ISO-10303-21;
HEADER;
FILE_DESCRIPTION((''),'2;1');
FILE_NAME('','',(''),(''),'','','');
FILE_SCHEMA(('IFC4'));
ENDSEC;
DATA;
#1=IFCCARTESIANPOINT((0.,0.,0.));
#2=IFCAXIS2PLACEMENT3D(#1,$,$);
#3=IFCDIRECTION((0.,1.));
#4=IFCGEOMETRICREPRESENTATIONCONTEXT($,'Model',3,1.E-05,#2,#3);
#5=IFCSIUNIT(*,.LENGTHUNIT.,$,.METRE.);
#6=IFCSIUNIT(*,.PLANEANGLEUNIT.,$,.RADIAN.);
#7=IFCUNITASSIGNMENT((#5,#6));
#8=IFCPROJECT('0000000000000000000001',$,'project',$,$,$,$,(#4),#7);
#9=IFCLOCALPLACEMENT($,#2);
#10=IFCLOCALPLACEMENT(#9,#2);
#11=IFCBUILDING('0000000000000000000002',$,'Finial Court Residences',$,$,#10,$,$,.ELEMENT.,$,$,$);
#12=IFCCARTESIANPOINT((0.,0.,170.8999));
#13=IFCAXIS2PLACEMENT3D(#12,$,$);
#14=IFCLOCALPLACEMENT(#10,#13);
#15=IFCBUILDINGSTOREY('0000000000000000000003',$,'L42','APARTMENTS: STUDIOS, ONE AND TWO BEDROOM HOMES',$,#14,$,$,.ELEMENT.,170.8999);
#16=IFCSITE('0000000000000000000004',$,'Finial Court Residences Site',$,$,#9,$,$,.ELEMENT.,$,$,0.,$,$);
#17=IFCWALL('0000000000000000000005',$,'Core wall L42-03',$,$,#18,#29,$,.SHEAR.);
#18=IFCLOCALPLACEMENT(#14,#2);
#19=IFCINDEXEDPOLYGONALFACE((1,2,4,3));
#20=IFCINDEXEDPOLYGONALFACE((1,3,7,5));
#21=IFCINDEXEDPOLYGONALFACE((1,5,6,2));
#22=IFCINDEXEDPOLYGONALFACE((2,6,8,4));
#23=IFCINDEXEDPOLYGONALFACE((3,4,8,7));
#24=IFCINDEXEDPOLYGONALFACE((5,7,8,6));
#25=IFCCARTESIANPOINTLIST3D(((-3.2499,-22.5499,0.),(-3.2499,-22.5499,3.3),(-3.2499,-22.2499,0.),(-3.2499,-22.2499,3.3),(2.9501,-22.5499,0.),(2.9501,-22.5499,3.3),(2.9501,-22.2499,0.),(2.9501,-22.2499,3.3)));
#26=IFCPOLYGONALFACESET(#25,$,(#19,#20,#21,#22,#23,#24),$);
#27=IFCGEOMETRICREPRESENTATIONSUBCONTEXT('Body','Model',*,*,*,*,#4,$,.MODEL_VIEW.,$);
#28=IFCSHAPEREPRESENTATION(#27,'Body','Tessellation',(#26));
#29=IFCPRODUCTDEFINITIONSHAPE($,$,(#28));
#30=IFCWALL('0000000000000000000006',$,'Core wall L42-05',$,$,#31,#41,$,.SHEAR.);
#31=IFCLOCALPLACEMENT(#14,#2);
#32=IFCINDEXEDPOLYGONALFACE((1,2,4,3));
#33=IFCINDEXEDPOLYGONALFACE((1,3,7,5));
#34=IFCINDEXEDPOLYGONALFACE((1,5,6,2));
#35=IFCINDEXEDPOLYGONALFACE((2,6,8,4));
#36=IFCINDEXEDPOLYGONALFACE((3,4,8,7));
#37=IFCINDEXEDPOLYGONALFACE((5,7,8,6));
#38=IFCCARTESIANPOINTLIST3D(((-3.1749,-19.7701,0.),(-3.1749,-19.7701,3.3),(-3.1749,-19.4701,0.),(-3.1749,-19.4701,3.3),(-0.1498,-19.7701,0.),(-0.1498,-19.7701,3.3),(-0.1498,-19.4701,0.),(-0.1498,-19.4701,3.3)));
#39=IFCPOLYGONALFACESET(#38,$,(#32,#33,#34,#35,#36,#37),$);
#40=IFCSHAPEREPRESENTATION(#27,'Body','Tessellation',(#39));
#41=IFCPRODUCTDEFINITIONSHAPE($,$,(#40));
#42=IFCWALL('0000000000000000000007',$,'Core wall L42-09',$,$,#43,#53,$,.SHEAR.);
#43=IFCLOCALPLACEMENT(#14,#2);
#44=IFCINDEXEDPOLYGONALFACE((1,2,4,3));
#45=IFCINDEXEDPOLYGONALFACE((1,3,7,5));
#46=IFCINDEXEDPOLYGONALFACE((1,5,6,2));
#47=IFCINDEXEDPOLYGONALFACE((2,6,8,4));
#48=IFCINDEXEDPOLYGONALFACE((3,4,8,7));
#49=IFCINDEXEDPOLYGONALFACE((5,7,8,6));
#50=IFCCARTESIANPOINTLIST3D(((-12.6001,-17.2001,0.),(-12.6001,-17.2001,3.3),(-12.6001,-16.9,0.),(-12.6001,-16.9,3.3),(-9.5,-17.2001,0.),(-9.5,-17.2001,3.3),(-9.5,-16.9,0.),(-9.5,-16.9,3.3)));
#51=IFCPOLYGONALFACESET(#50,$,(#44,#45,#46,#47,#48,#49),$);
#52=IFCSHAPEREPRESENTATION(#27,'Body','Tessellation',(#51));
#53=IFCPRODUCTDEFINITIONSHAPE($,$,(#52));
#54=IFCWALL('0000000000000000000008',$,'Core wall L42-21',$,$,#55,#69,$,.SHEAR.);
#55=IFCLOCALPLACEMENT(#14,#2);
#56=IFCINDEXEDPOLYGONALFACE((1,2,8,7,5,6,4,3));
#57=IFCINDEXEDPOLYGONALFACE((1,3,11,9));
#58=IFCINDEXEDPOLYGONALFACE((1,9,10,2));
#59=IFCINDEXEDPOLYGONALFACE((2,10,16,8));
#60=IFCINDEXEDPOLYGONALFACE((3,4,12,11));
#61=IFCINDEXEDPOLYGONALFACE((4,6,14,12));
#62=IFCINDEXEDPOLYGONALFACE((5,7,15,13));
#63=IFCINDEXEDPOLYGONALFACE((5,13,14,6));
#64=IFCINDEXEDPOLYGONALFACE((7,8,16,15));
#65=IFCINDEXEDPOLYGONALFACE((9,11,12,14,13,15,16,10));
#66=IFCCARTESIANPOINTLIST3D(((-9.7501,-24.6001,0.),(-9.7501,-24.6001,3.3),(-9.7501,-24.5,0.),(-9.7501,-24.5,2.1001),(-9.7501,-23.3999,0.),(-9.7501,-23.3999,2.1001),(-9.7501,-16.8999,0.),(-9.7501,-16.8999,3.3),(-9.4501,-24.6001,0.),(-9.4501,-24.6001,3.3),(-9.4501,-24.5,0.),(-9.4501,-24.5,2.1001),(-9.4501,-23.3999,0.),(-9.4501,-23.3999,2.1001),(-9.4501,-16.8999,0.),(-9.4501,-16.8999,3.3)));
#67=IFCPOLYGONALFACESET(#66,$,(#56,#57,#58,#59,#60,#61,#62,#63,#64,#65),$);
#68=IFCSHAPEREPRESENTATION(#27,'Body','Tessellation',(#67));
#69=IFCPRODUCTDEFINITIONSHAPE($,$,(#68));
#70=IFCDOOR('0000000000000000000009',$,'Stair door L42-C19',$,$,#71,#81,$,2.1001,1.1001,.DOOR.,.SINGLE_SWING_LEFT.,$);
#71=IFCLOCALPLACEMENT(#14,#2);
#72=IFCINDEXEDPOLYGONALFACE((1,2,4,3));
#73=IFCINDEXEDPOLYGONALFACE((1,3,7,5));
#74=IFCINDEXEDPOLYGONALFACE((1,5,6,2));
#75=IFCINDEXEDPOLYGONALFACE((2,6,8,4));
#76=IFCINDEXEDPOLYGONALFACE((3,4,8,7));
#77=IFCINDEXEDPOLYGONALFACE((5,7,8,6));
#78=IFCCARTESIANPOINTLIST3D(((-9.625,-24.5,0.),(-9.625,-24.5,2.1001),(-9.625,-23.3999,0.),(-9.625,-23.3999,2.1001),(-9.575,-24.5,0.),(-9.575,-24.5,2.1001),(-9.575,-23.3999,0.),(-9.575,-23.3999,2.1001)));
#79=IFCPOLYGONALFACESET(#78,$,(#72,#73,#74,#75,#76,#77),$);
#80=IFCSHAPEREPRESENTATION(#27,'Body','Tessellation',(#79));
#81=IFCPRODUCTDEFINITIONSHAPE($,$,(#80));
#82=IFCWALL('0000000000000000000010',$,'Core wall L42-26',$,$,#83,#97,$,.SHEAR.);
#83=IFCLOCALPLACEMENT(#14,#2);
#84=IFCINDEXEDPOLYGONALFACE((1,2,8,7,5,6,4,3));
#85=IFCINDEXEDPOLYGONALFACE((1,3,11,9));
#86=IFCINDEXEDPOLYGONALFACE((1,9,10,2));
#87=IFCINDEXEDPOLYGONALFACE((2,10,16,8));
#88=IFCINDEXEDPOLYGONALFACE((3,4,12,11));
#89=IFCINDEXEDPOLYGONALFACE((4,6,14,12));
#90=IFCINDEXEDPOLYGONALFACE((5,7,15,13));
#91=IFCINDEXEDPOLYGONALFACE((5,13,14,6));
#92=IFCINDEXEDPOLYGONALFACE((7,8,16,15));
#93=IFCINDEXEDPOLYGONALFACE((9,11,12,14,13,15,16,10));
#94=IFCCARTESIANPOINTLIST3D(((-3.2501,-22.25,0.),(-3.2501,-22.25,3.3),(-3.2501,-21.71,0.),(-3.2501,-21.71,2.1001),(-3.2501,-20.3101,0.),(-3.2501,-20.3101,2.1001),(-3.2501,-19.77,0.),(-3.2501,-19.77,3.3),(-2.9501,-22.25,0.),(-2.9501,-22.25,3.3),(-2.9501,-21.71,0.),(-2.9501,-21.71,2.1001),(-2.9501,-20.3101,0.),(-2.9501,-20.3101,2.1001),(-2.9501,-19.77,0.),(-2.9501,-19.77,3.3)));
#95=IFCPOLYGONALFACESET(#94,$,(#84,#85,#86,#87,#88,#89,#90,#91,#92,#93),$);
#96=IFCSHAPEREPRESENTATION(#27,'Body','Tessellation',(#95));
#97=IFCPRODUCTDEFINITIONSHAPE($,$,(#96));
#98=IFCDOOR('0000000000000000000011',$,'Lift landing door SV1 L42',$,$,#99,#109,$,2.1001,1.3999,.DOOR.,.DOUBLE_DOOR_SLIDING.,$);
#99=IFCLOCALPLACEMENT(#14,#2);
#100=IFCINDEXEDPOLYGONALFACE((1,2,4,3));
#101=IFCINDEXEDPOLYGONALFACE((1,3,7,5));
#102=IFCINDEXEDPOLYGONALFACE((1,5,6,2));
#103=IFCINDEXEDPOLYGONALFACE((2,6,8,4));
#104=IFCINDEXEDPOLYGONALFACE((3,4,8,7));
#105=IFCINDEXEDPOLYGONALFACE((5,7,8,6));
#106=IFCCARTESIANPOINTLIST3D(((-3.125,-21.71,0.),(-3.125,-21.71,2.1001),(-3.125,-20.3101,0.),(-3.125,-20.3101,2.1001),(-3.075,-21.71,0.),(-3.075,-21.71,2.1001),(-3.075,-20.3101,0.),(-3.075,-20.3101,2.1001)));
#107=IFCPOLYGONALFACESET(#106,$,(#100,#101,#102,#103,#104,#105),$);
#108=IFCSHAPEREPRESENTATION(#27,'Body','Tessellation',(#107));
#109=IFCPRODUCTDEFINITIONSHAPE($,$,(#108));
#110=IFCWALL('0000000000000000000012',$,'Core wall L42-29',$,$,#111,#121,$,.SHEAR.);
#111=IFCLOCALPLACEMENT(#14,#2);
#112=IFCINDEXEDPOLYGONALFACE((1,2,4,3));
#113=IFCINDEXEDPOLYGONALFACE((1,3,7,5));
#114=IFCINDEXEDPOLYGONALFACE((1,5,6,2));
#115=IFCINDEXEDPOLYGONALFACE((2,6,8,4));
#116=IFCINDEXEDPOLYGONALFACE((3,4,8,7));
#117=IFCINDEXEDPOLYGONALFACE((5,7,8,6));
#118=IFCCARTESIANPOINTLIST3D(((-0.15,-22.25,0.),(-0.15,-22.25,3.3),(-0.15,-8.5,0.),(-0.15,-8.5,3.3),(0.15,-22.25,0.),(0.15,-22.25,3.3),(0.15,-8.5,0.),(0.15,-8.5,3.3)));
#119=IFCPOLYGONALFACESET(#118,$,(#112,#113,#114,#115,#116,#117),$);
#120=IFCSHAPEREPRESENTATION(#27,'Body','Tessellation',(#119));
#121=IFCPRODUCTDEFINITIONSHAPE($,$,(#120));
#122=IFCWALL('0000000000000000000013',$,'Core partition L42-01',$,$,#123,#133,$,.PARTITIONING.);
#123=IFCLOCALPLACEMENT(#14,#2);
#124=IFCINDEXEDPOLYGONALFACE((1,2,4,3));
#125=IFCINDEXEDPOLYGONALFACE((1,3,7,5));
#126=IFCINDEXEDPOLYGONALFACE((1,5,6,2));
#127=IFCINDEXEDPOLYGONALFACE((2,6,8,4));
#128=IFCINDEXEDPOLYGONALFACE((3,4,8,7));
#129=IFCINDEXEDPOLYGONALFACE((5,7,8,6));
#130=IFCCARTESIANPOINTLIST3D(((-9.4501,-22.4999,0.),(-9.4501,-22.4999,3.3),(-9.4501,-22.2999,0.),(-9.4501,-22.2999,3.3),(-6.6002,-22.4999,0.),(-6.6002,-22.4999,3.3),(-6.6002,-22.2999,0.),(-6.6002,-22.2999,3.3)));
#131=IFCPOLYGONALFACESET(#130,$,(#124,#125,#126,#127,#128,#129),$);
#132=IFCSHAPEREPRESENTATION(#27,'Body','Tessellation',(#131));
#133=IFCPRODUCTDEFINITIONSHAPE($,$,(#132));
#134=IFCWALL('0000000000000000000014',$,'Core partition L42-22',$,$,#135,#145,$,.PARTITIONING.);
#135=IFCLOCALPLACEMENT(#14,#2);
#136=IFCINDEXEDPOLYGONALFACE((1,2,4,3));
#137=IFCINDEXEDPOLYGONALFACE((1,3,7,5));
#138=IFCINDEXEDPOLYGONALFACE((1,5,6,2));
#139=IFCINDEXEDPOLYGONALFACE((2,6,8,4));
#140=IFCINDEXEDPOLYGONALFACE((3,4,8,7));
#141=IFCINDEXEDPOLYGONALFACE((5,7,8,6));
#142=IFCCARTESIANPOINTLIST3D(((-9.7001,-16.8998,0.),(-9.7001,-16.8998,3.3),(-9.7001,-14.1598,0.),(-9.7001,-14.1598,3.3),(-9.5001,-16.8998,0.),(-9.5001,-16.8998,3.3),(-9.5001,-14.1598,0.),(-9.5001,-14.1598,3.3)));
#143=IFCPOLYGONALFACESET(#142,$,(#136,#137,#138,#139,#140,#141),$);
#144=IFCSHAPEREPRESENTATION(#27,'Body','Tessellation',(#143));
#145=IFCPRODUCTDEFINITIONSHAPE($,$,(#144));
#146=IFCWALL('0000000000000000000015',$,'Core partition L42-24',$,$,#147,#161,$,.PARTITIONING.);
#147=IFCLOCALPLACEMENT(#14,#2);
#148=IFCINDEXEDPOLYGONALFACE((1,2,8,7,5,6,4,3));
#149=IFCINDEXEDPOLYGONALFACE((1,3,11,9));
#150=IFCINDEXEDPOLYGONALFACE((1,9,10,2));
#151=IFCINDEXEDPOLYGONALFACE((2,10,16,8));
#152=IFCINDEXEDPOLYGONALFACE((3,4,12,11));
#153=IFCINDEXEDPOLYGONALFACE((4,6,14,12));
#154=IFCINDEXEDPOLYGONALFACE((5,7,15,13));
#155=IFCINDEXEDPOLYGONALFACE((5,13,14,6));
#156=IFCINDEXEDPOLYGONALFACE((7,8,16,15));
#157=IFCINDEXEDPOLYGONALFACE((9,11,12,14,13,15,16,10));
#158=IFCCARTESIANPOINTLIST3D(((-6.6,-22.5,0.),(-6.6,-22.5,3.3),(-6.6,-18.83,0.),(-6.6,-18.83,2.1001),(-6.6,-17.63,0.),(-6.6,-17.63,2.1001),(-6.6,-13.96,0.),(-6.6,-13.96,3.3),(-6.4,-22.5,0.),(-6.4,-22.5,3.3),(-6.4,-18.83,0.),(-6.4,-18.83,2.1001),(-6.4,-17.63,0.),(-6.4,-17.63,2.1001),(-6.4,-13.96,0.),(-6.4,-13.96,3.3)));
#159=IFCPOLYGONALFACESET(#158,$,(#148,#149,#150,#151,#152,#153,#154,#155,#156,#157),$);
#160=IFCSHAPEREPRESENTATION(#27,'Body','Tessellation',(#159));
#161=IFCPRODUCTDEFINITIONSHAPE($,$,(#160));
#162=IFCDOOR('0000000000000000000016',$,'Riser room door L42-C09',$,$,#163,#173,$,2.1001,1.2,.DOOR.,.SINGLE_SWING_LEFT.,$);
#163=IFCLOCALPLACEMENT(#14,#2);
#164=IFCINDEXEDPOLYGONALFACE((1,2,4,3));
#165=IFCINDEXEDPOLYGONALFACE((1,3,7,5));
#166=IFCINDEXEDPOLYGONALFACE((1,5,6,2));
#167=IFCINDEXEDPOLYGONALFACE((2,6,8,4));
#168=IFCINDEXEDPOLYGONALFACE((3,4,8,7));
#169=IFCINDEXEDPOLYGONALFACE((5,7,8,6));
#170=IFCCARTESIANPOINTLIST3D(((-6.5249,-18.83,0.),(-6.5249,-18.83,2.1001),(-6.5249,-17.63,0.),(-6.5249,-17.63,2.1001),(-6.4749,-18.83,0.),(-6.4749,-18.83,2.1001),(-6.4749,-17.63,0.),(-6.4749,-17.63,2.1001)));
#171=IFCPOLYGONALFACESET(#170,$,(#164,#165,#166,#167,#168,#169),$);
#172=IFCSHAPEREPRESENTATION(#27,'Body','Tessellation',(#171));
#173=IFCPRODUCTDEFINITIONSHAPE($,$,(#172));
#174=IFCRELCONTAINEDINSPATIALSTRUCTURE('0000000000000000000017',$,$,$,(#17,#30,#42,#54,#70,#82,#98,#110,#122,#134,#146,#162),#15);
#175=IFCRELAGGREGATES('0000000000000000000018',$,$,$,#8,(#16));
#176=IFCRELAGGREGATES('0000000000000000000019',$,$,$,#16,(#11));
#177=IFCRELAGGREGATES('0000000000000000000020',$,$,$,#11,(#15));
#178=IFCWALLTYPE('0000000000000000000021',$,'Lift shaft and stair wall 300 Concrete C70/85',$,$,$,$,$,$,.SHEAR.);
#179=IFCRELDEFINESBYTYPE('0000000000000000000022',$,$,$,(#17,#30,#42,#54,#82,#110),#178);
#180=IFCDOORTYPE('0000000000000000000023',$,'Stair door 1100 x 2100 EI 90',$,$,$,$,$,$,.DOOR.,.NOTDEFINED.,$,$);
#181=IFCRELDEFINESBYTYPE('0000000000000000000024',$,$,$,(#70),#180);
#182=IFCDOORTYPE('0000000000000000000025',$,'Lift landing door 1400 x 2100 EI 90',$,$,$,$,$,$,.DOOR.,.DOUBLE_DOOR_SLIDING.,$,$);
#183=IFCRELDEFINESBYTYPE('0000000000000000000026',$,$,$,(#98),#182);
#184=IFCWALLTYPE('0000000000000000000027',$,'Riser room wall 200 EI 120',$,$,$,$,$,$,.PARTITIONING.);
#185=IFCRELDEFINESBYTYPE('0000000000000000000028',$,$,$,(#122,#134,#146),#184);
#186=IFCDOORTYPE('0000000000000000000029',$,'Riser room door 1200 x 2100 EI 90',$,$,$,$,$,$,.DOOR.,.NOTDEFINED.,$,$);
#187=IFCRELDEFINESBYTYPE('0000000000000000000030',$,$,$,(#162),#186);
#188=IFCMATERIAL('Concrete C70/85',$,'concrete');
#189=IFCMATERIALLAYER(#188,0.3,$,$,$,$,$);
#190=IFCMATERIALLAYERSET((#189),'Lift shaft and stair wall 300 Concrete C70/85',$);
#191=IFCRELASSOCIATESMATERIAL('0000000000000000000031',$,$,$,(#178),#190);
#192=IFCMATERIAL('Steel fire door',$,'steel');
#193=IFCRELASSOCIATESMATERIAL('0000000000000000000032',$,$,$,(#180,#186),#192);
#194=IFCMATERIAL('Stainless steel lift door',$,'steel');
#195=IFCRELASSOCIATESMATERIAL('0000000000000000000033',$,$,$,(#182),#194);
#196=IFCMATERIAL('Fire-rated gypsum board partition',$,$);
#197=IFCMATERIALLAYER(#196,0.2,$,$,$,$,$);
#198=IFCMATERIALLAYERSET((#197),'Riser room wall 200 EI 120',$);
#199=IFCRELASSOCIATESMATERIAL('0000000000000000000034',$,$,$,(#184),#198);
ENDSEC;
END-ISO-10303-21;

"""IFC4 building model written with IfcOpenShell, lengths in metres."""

from ifc_helpers import new_model, si_unit, direction, frame, frame_2d, origin, place, context, subcontext, project, spatial, rectangle, extrude, material, layer, layer_set, type_object, element, fill, save


model = new_model("IFC4")

# Units and contexts
model_context = context("Model", 3, precision=1e-05, world=origin(), true_north=direction((0.0, 1.0)))
body_context = subcontext(model_context, "Body", "Model", "MODEL_VIEW")
ifc_project = project(units=[si_unit("LENGTHUNIT", "METRE"), si_unit("PLANEANGLEUNIT", "RADIAN")], contexts=[model_context])

# Site, building, storey
site_placement = place(None, origin())
site = spatial("IfcSite", under=ifc_project, at=site_placement, Name="Finial Court Residences Site", CompositionType="ELEMENT", RefElevation=0.0)
building_placement = place(site_placement, origin())
building = spatial("IfcBuilding", under=site, at=building_placement, Name="Finial Court Residences", CompositionType="ELEMENT")
storey_placement = place(building_placement, frame((0.0, 0.0, 170.8999)))
storey = spatial("IfcBuildingStorey", under=building, at=storey_placement, Name="L42", Description="APARTMENTS: STUDIOS, ONE AND TWO BEDROOM HOMES", CompositionType="ELEMENT", Elevation=170.8999)

# Walls
ifc_material_1 = material(Name="Concrete C70/85", Category="concrete")
ifc_layer_1 = layer(ifc_material_1, 0.3)
ifc_layer_set_1 = layer_set([ifc_layer_1], Name="Lift shaft and stair wall 300 Concrete C70/85")
wall_type_1 = type_object("IfcWallType", Name="Lift shaft and stair wall 300 Concrete C70/85", PredefinedType="SHEAR", material=ifc_layer_set_1)
wall_1_placement = place(storey_placement, frame((-3.25, -22.3999, 0.0), z_axis=(0.0, 0.0, 1.0), x_axis=(1.0, 0.0, 0.0)))
element("IfcWall", 1, at=wall_1_placement, inside=storey, type_object=wall_type_1, Name="Core wall L42-03", PredefinedType="SHEAR", context=body_context, shape_type="SweptSolid", body=[
    extrude(rectangle(XDim=6.2, YDim=0.3, at=frame_2d((3.1001, 0.0))), origin(), (0.0, 0.0, 1.0), 3.3),
])
wall_2_placement = place(storey_placement, frame((-3.175, -19.6201, 0.0), z_axis=(0.0, 0.0, 1.0), x_axis=(1.0, 0.0, 0.0)))
element("IfcWall", 2, at=wall_2_placement, inside=storey, type_object=wall_type_1, Name="Core wall L42-05", PredefinedType="SHEAR", context=body_context, shape_type="SweptSolid", body=[
    extrude(rectangle(XDim=3.0251, YDim=0.3, at=frame_2d((1.5127, 0.0))), origin(), (0.0, 0.0, 1.0), 3.3),
])
wall_3_placement = place(storey_placement, frame((-12.6001, -17.05, 0.0), z_axis=(0.0, 0.0, 1.0), x_axis=(1.0, 0.0, 0.0)))
element("IfcWall", 3, at=wall_3_placement, inside=storey, type_object=wall_type_1, Name="Core wall L42-09", PredefinedType="SHEAR", context=body_context, shape_type="SweptSolid", body=[
    extrude(rectangle(XDim=3.1001, YDim=0.3, at=frame_2d((1.55, 0.0))), origin(), (0.0, 0.0, 1.0), 3.3),
])

# Walls, openings, doors
wall_4_placement = place(storey_placement, frame((-9.6001, -24.6001, 0.0), z_axis=(0.0, 0.0, 1.0), x_axis=(0.0, 1.0, 0.0)))
wall_4 = element("IfcWall", 4, at=wall_4_placement, inside=storey, type_object=wall_type_1, Name="Core wall L42-21", PredefinedType="SHEAR", context=body_context, shape_type="SweptSolid", body=[
    extrude(rectangle(XDim=7.7002, YDim=0.3, at=frame_2d((3.8501, 0.0))), origin(), (0.0, 0.0, 1.0), 3.3),
])
opening_1_placement = place(wall_4_placement, frame((0.1001, 0.0, 0.0)))
opening_1 = element("IfcOpeningElement", 5, at=opening_1_placement, cuts=wall_4, PredefinedType="OPENING", context=body_context, shape_type="SweptSolid", body=[
    extrude(rectangle(XDim=1.1001, YDim=2.1001, at=frame_2d((0.55, 1.05))), frame((0.0, 0.1599, 0.0), z_axis=(0.0, -1.0, 0.0), x_axis=(1.0, 0.0, 0.0)), (0.0, 0.0, 1.0), 0.3201),
])
ifc_material_2 = material(Name="Steel fire door", Category="steel")
door_type_1 = type_object("IfcDoorType", Name="Stair door 1100 x 2100 EI 90", OperationType="NOTDEFINED", PredefinedType="DOOR", material=ifc_material_2)
door_1_placement = place(opening_1_placement, origin())
door_1 = element("IfcDoor", 6, at=door_1_placement, inside=storey, type_object=door_type_1, Name="Stair door L42-C19", OperationType="SINGLE_SWING_LEFT", OverallHeight=2.1001, OverallWidth=1.1001, PredefinedType="DOOR", context=body_context, shape_type="SweptSolid", body=[
    extrude(rectangle(XDim=1.1001, YDim=2.1001, at=frame_2d((0.55, 1.05))), frame((0.0, 0.0249, 0.0), z_axis=(0.0, -1.0, 0.0), x_axis=(1.0, 0.0, 0.0)), (0.0, 0.0, 1.0), 0.05),
])
fill(opening_1, door_1)
wall_5_placement = place(storey_placement, frame((-3.1001, -22.25, 0.0), z_axis=(0.0, 0.0, 1.0), x_axis=(0.0, 1.0, 0.0)))
wall_5 = element("IfcWall", 7, at=wall_5_placement, inside=storey, type_object=wall_type_1, Name="Core wall L42-26", PredefinedType="SHEAR", context=body_context, shape_type="SweptSolid", body=[
    extrude(rectangle(XDim=2.48, YDim=0.3, at=frame_2d((1.24, 0.0))), origin(), (0.0, 0.0, 1.0), 3.3),
])
opening_2_placement = place(wall_5_placement, frame((0.54, 0.0, 0.0)))
opening_2 = element("IfcOpeningElement", 8, at=opening_2_placement, cuts=wall_5, PredefinedType="OPENING", context=body_context, shape_type="SweptSolid", body=[
    extrude(rectangle(XDim=1.3999, YDim=2.1001, at=frame_2d((0.7, 1.05))), frame((0.0, 0.1599, 0.0), z_axis=(0.0, -1.0, 0.0), x_axis=(1.0, 0.0, 0.0)), (0.0, 0.0, 1.0), 0.3201),
])
ifc_material_3 = material(Name="Stainless steel lift door", Category="steel")
door_type_2 = type_object("IfcDoorType", Name="Lift landing door 1400 x 2100 EI 90", OperationType="DOUBLE_DOOR_SLIDING", PredefinedType="DOOR", material=ifc_material_3)
door_2_placement = place(opening_2_placement, origin())
door_2 = element("IfcDoor", 9, at=door_2_placement, inside=storey, type_object=door_type_2, Name="Lift landing door SV1 L42", OperationType="DOUBLE_DOOR_SLIDING", OverallHeight=2.1001, OverallWidth=1.3999, PredefinedType="DOOR", context=body_context, shape_type="SweptSolid", body=[
    extrude(rectangle(XDim=1.3999, YDim=2.1001, at=frame_2d((0.7, 1.05))), frame((0.0, 0.0249, 0.0), z_axis=(0.0, -1.0, 0.0), x_axis=(1.0, 0.0, 0.0)), (0.0, 0.0, 1.0), 0.05),
])
fill(opening_2, door_2)

# Walls
wall_6_placement = place(storey_placement, frame((0.0, -22.25, 0.0), z_axis=(0.0, 0.0, 1.0), x_axis=(0.0, 1.0, 0.0)))
element("IfcWall", 10, at=wall_6_placement, inside=storey, type_object=wall_type_1, Name="Core wall L42-29", PredefinedType="SHEAR", context=body_context, shape_type="SweptSolid", body=[
    extrude(rectangle(XDim=13.75, YDim=0.3, at=frame_2d((6.875, 0.0))), origin(), (0.0, 0.0, 1.0), 3.3),
])
ifc_material_4 = material(Name="Fire-rated gypsum board partition")
ifc_layer_2 = layer(ifc_material_4, 0.2)
ifc_layer_set_2 = layer_set([ifc_layer_2], Name="Riser room wall 200 EI 120")
wall_type_2 = type_object("IfcWallType", Name="Riser room wall 200 EI 120", PredefinedType="PARTITIONING", material=ifc_layer_set_2)
wall_7_placement = place(storey_placement, frame((-9.45, -22.3999, 0.0), z_axis=(0.0, 0.0, 1.0), x_axis=(1.0, 0.0, 0.0)))
element("IfcWall", 11, at=wall_7_placement, inside=storey, type_object=wall_type_2, Name="Core partition L42-01", PredefinedType="PARTITIONING", context=body_context, shape_type="SweptSolid", body=[
    extrude(rectangle(XDim=2.8499, YDim=0.2, at=frame_2d((1.4248, 0.0))), origin(), (0.0, 0.0, 1.0), 3.3),
])
wall_8_placement = place(storey_placement, frame((-9.6001, -16.8999, 0.0), z_axis=(0.0, 0.0, 1.0), x_axis=(0.0, 1.0, 0.0)))
element("IfcWall", 12, at=wall_8_placement, inside=storey, type_object=wall_type_2, Name="Core partition L42-22", PredefinedType="PARTITIONING", context=body_context, shape_type="SweptSolid", body=[
    extrude(rectangle(XDim=2.74, YDim=0.2, at=frame_2d((1.3701, 0.0))), origin(), (0.0, 0.0, 1.0), 3.3),
])

# Wall, opening, door
wall_9_placement = place(storey_placement, frame((-6.5, -22.5, 0.0), z_axis=(0.0, 0.0, 1.0), x_axis=(0.0, 1.0, 0.0)))
wall_9 = element("IfcWall", 13, at=wall_9_placement, inside=storey, type_object=wall_type_2, Name="Core partition L42-24", PredefinedType="PARTITIONING", context=body_context, shape_type="SweptSolid", body=[
    extrude(rectangle(XDim=8.54, YDim=0.2, at=frame_2d((4.27, 0.0))), origin(), (0.0, 0.0, 1.0), 3.3),
])
opening_3_placement = place(wall_9_placement, frame((3.6699, 0.0, 0.0)))
opening_3 = element("IfcOpeningElement", 14, at=opening_3_placement, cuts=wall_9, PredefinedType="OPENING", context=body_context, shape_type="SweptSolid", body=[
    extrude(rectangle(XDim=1.2, YDim=2.1001, at=frame_2d((0.6001, 1.05))), frame((0.0, 0.1099, 0.0), z_axis=(0.0, -1.0, 0.0), x_axis=(1.0, 0.0, 0.0)), (0.0, 0.0, 1.0), 0.22),
])
door_type_3 = type_object("IfcDoorType", Name="Riser room door 1200 x 2100 EI 90", OperationType="NOTDEFINED", PredefinedType="DOOR", material=ifc_material_2)
door_3_placement = place(opening_3_placement, origin())
door_3 = element("IfcDoor", 15, at=door_3_placement, inside=storey, type_object=door_type_3, Name="Riser room door L42-C09", OperationType="SINGLE_SWING_LEFT", OverallHeight=2.1001, OverallWidth=1.2, PredefinedType="DOOR", context=body_context, shape_type="SweptSolid", body=[
    extrude(rectangle(XDim=1.2, YDim=2.1001, at=frame_2d((0.6001, 1.05))), frame((0.0, 0.0249, 0.0), z_axis=(0.0, -1.0, 0.0), x_axis=(1.0, 0.0, 0.0)), (0.0, 0.0, 1.0), 0.05),
])
fill(opening_3, door_3)

save(model, "model.ifc")
